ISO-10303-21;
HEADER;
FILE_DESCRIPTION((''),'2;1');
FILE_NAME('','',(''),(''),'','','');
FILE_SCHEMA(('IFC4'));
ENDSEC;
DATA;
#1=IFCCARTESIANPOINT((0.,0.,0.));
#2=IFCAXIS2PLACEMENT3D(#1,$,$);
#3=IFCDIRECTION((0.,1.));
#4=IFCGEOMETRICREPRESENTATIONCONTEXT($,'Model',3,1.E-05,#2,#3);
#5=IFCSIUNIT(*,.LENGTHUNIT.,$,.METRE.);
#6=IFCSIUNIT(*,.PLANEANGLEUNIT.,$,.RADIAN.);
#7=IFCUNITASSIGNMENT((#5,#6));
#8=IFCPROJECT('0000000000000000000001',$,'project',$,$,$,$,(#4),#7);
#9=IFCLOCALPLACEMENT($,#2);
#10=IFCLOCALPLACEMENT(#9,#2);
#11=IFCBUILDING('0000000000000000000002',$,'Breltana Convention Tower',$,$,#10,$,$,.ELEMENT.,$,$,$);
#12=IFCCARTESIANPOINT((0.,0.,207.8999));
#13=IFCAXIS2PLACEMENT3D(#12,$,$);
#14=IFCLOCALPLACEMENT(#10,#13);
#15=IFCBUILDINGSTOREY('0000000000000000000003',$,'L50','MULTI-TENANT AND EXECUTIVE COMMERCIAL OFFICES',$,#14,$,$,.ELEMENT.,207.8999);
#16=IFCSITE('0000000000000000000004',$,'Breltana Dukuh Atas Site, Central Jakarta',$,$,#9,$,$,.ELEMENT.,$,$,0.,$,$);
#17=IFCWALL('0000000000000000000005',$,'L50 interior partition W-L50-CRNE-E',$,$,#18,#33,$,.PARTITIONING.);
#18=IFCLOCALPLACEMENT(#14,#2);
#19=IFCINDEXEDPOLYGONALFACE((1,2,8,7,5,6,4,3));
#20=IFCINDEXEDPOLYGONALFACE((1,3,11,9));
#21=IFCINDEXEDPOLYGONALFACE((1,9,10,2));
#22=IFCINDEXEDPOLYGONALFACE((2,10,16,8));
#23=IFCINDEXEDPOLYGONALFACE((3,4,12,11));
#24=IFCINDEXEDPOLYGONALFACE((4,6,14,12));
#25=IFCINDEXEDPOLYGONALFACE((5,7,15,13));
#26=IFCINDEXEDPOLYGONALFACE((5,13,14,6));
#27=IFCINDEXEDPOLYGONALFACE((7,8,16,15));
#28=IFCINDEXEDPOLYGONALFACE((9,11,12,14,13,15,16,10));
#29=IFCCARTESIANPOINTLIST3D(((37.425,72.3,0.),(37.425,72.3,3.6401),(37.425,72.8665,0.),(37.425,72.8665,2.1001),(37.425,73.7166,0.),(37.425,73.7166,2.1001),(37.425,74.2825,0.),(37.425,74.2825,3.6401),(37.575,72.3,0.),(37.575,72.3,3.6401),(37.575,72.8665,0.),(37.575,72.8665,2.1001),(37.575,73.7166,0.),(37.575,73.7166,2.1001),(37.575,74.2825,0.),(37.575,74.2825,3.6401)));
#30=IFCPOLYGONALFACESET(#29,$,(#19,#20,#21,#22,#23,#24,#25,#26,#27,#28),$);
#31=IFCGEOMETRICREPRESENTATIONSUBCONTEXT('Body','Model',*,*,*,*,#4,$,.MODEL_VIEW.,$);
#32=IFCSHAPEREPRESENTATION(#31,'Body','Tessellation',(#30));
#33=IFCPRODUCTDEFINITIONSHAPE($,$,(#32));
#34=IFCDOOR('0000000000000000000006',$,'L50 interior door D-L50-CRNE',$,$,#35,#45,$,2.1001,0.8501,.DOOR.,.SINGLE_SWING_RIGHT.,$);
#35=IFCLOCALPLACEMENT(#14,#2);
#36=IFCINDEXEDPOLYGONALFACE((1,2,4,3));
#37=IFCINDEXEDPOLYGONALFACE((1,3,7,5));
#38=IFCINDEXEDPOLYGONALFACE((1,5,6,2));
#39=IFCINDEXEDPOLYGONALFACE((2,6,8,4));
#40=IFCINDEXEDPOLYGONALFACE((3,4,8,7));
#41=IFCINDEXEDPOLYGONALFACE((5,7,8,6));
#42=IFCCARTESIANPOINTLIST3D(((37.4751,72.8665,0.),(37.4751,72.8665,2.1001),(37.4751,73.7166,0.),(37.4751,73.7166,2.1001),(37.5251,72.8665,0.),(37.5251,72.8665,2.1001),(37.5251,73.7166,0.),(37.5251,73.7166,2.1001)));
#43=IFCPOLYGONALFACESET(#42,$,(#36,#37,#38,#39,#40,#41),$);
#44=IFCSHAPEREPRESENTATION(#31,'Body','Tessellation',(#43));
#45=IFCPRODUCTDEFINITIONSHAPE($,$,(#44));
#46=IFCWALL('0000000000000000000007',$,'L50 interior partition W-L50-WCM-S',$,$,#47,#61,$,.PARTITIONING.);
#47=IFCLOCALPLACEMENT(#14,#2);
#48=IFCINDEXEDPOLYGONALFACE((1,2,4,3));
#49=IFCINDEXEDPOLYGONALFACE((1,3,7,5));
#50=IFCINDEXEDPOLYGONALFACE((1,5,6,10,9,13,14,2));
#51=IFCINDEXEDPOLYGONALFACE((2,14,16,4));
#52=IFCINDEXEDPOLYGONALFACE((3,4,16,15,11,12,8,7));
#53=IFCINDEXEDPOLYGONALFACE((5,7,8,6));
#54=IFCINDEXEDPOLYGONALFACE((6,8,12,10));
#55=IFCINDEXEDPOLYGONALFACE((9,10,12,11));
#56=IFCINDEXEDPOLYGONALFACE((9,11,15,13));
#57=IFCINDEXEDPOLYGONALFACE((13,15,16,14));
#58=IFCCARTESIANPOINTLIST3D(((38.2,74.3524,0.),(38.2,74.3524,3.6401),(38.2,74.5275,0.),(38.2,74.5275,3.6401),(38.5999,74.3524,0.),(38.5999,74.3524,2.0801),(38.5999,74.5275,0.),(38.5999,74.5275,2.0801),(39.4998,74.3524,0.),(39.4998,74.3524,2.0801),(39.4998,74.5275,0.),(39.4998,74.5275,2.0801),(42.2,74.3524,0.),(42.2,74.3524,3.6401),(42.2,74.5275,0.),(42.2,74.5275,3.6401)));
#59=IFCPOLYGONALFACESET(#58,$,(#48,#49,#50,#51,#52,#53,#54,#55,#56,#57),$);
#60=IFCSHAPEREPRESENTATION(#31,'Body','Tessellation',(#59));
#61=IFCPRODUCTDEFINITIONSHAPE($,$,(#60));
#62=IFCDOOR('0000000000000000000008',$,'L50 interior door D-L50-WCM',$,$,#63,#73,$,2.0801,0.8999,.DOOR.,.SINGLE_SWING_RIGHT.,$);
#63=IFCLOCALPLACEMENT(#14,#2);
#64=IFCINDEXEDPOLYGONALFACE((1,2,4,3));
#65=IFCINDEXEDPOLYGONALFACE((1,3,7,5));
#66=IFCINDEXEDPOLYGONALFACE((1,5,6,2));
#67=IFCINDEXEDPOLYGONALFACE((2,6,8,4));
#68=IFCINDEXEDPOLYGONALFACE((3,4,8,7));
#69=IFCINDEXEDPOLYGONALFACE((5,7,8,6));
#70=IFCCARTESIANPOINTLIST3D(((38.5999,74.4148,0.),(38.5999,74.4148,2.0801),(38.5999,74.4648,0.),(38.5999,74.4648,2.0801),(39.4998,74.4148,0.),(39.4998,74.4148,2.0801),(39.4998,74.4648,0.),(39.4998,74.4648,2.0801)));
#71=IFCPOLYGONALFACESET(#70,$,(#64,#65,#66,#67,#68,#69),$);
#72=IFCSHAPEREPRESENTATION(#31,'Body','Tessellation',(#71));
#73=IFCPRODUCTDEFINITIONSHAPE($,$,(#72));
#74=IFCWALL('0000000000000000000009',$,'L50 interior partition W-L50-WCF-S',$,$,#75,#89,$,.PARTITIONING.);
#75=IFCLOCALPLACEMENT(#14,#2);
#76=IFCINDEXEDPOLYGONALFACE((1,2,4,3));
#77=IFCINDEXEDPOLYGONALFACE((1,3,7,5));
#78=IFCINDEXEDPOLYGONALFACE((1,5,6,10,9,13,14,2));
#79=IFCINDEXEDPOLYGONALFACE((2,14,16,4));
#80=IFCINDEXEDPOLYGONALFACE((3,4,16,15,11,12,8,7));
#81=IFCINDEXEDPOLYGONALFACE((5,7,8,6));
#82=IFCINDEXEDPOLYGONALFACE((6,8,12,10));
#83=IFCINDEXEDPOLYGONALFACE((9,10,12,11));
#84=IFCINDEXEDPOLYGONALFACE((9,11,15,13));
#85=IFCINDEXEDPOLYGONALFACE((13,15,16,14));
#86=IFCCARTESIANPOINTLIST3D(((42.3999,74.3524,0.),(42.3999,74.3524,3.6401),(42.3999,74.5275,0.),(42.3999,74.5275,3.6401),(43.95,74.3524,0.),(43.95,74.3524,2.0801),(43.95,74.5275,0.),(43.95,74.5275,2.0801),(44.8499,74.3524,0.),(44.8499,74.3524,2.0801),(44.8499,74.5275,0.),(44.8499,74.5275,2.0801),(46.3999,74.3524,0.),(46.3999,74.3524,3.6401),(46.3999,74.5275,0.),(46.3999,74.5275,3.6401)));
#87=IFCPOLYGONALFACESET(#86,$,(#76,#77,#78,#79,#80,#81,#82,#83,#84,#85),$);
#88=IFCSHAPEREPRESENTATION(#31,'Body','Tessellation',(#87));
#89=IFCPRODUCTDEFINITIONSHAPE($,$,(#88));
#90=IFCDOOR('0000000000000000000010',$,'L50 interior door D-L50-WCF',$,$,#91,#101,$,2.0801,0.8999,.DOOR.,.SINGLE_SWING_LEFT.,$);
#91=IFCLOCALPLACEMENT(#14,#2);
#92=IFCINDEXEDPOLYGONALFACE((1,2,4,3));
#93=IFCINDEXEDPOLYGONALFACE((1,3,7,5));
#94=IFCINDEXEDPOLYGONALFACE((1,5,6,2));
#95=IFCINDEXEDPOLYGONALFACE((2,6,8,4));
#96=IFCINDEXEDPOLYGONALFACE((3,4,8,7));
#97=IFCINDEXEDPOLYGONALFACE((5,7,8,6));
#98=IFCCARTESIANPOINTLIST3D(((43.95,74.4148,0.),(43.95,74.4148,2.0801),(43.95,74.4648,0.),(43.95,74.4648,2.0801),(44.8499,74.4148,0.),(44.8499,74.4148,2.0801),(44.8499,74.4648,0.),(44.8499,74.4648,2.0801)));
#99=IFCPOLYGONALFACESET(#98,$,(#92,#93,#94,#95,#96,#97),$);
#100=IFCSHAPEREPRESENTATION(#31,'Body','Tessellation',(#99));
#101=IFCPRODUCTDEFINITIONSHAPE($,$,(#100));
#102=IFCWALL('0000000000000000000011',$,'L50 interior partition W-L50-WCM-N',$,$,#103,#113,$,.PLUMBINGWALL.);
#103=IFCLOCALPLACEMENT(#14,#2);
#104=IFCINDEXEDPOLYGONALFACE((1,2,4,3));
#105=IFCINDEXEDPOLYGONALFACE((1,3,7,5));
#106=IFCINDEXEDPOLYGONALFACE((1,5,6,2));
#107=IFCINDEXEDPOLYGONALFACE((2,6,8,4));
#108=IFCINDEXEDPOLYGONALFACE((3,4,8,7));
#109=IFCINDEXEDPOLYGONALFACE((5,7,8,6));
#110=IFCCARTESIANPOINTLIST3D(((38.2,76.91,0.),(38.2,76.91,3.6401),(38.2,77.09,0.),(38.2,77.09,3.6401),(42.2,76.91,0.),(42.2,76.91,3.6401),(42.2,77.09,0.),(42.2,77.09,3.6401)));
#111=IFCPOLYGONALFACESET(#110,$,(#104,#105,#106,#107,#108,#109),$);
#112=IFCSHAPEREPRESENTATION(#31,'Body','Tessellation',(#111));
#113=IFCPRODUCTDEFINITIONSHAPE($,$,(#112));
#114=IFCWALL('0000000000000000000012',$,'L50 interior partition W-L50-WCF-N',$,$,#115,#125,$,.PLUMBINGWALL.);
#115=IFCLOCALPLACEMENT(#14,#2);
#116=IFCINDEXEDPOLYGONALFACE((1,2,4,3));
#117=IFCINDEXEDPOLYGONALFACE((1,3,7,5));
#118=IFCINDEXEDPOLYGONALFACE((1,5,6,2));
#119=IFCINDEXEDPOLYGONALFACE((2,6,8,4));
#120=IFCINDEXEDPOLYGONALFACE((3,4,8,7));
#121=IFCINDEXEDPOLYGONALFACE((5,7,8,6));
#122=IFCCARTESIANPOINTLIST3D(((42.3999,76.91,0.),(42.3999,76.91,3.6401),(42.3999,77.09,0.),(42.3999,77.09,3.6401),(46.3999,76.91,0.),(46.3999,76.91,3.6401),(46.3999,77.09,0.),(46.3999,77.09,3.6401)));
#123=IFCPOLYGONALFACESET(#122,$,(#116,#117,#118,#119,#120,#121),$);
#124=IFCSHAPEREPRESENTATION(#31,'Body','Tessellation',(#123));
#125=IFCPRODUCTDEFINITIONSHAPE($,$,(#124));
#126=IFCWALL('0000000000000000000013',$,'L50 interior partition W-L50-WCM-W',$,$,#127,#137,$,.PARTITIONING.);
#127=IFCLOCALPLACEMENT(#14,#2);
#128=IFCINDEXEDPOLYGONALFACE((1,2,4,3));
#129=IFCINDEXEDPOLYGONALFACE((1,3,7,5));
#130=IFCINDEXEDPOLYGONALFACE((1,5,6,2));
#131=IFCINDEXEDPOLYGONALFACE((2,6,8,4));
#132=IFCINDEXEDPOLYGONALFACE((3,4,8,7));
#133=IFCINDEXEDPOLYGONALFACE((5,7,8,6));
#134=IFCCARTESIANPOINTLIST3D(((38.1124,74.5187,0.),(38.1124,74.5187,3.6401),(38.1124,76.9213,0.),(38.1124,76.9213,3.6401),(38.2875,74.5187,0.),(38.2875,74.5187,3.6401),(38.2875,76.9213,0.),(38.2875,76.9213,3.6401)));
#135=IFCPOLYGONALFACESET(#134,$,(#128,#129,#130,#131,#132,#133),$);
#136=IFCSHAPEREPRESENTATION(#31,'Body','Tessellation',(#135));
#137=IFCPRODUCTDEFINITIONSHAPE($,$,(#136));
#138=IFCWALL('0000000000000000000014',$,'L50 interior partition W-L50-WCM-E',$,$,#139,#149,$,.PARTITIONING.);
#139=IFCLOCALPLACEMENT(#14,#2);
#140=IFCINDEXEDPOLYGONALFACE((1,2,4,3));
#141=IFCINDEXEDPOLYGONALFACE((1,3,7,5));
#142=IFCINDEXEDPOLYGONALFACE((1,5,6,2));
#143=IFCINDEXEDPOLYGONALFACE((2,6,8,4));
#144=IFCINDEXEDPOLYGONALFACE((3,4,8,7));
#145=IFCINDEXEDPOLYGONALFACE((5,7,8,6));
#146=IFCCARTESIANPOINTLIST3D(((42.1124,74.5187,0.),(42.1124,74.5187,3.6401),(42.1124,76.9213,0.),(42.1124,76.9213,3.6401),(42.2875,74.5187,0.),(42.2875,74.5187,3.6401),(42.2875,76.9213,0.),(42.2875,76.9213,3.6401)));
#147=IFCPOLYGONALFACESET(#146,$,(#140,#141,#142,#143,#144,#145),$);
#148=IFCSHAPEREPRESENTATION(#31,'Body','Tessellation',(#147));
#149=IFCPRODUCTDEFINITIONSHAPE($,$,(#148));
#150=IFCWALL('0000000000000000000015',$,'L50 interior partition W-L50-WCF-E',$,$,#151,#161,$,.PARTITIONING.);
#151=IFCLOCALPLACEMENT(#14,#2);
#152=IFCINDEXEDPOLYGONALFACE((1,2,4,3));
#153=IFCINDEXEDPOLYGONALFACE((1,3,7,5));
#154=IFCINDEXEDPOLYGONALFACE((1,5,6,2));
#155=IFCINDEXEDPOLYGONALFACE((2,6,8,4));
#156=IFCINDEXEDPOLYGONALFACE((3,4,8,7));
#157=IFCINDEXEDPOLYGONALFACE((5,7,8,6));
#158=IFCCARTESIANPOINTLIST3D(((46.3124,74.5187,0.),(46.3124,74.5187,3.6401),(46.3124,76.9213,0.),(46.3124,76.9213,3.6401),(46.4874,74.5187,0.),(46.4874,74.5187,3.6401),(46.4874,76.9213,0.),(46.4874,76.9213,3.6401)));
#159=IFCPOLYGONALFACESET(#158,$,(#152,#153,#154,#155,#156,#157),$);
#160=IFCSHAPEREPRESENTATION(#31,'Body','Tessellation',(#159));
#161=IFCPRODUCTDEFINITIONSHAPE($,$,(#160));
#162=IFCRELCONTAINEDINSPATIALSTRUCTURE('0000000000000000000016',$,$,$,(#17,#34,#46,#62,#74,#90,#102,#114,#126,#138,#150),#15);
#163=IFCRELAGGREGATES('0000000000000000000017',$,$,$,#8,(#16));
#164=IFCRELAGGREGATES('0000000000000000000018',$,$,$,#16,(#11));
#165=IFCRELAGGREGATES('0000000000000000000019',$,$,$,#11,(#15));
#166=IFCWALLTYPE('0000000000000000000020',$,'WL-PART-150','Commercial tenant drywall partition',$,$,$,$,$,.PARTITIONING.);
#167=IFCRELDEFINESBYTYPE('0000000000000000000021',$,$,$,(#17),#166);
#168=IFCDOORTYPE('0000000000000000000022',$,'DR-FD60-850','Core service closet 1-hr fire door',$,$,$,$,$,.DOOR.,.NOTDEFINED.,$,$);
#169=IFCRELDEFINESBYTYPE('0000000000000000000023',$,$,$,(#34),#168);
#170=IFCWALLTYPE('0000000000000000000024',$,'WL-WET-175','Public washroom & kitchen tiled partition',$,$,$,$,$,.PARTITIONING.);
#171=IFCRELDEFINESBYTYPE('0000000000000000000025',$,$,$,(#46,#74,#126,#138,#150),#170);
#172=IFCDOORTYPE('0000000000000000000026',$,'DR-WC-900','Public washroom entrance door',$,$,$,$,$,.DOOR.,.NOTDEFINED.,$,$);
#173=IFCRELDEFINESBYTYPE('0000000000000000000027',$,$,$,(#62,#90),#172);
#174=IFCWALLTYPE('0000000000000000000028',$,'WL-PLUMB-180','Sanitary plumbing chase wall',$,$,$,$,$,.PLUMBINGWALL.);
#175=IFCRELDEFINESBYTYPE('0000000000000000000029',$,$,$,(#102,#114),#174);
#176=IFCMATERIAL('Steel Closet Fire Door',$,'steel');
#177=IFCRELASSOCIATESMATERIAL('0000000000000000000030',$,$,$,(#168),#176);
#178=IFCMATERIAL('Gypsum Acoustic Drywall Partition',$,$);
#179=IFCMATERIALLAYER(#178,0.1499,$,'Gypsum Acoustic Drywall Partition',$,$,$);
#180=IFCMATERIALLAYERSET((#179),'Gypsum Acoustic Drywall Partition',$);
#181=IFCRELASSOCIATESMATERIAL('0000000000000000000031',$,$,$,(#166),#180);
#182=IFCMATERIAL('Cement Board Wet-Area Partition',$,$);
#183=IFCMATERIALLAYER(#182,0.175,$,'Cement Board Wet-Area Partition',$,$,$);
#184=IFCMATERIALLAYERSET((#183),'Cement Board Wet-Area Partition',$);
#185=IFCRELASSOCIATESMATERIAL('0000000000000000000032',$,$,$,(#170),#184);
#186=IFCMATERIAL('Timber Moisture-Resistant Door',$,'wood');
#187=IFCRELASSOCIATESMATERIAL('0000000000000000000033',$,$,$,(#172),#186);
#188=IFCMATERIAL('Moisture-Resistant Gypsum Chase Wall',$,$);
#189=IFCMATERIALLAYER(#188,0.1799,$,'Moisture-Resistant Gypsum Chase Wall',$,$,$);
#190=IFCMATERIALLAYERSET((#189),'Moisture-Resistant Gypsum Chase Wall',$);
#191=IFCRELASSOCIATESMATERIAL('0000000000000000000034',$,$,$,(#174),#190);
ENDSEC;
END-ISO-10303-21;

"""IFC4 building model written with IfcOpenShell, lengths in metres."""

from ifc_helpers import new_model, si_unit, direction, frame, frame_2d, origin, place, context, subcontext, project, spatial, rectangle, extrude, source, transform, mapped, material, layer, layer_set, type_object, type_shapes, element, fill, save


model = new_model("IFC4")

# Units and contexts
model_context = context("Model", 3, precision=1e-05, world=origin(), true_north=direction((0.0, 1.0)))
body_context = subcontext(model_context, "Body", "Model", "MODEL_VIEW")
ifc_project = project(units=[si_unit("LENGTHUNIT", "METRE"), si_unit("PLANEANGLEUNIT", "RADIAN")], contexts=[model_context])

# Site, building, storey
site_placement = place(None, origin())
site = spatial("IfcSite", under=ifc_project, at=site_placement, Name="Breltana Dukuh Atas Site, Central Jakarta", CompositionType="ELEMENT", RefElevation=0.0)
building_placement = place(site_placement, origin())
building = spatial("IfcBuilding", under=site, at=building_placement, Name="Breltana Convention Tower", CompositionType="ELEMENT")
storey_placement = place(building_placement, frame((0.0, 0.0, 207.8999)))
storey = spatial("IfcBuildingStorey", under=building, at=storey_placement, Name="L50", Description="MULTI-TENANT AND EXECUTIVE COMMERCIAL OFFICES", CompositionType="ELEMENT", Elevation=207.8999)

# Shared definitions
ifc_material_1 = material(Name="Steel Closet Fire Door", Category="steel")
door_type_1 = type_object("IfcDoorType", Name="DR-FD60-850", Description="Core service closet 1-hr fire door", OperationType="NOTDEFINED", PredefinedType="DOOR", material=ifc_material_1)
shared_shape_1 = source(origin(), body_context, "Body", "SweptSolid", [
    extrude(rectangle(XDim=0.8501, YDim=2.1001, at=frame_2d((0.425, 1.05))), frame((0.0, 0.0249, 0.0), z_axis=(0.0, -1.0, 0.0), x_axis=(1.0, 0.0, 0.0)), (0.0, 0.0, 1.0), 0.05),
])
type_shapes(door_type_1, [shared_shape_1])

# Walls, openings, doors
ifc_material_2 = material(Name="Gypsum Acoustic Drywall Partition")
ifc_layer_1 = layer(ifc_material_2, 0.1499, Name="Gypsum Acoustic Drywall Partition")
ifc_layer_set_1 = layer_set([ifc_layer_1], Name="Gypsum Acoustic Drywall Partition")
wall_type_1 = type_object("IfcWallType", Name="WL-PART-150", Description="Commercial tenant drywall partition", PredefinedType="PARTITIONING", material=ifc_layer_set_1)
shared_shape_2 = source(origin(), body_context, "Body", "SweptSolid", [
    extrude(rectangle(XDim=1.9824, YDim=0.1499, at=frame_2d((0.9912, 0.0))), origin(), (0.0, 0.0, 1.0), 3.6401),
])
wall_1_placement = place(storey_placement, frame((37.5, 72.3, 0.0), z_axis=(0.0, 0.0, 1.0), x_axis=(0.0, 1.0, 0.0)))
wall_1 = element("IfcWall", 1, at=wall_1_placement, inside=storey, type_object=wall_type_1, Name="L50 interior partition W-L50-CRNE-E", PredefinedType="PARTITIONING", context=body_context, shape_type="MappedRepresentation", body=[
    mapped(shared_shape_2, transform((0.0, 0.0, 0.0), scale=1.0)),
])
opening_1_placement = place(wall_1_placement, frame((0.5664, 0.0, 0.0)))
opening_1 = element("IfcOpeningElement", 2, at=opening_1_placement, cuts=wall_1, PredefinedType="OPENING", context=body_context, shape_type="SweptSolid", body=[
    extrude(rectangle(XDim=0.8501, YDim=2.1001, at=frame_2d((0.425, 1.05))), frame((0.0, 0.085, 0.0), z_axis=(0.0, -1.0, 0.0), x_axis=(1.0, 0.0, 0.0)), (0.0, 0.0, 1.0), 0.1699),
])
door_1_placement = place(opening_1_placement, origin())
door_1 = element("IfcDoor", 3, at=door_1_placement, inside=storey, type_object=door_type_1, Name="L50 interior door D-L50-CRNE", OperationType="SINGLE_SWING_RIGHT", OverallHeight=2.1001, OverallWidth=0.8501, PredefinedType="DOOR", context=body_context, shape_type="MappedRepresentation", body=[
    mapped(shared_shape_1, transform((0.0, 0.0, 0.0), scale=1.0)),
])
fill(opening_1, door_1)
ifc_material_3 = material(Name="Cement Board Wet-Area Partition")
ifc_layer_2 = layer(ifc_material_3, 0.175, Name="Cement Board Wet-Area Partition")
ifc_layer_set_2 = layer_set([ifc_layer_2], Name="Cement Board Wet-Area Partition")
wall_type_2 = type_object("IfcWallType", Name="WL-WET-175", Description="Public washroom & kitchen tiled partition", PredefinedType="PARTITIONING", material=ifc_layer_set_2)
shared_shape_3 = source(origin(), body_context, "Body", "SweptSolid", [
    extrude(rectangle(XDim=4.0, YDim=0.175, at=frame_2d((2.0, 0.0))), origin(), (0.0, 0.0, 1.0), 3.6401),
])
wall_2_placement = place(storey_placement, frame((38.2, 74.4399, 0.0), z_axis=(0.0, 0.0, 1.0), x_axis=(1.0, 0.0, 0.0)))
wall_2 = element("IfcWall", 4, at=wall_2_placement, inside=storey, type_object=wall_type_2, Name="L50 interior partition W-L50-WCM-S", PredefinedType="PARTITIONING", context=body_context, shape_type="MappedRepresentation", body=[
    mapped(shared_shape_3, transform((0.0, 0.0, 0.0), scale=1.0)),
])
opening_2_placement = place(wall_2_placement, frame((0.3999, 0.0, 0.0)))
opening_2 = element("IfcOpeningElement", 5, at=opening_2_placement, cuts=wall_2, PredefinedType="OPENING", context=body_context, shape_type="SweptSolid", body=[
    extrude(rectangle(XDim=0.8999, YDim=2.0801, at=frame_2d((0.45, 1.04))), frame((0.0, 0.0977, 0.0), z_axis=(0.0, -1.0, 0.0), x_axis=(1.0, 0.0, 0.0)), (0.0, 0.0, 1.0), 0.1951),
])
ifc_material_4 = material(Name="Timber Moisture-Resistant Door", Category="wood")
door_type_2 = type_object("IfcDoorType", Name="DR-WC-900", Description="Public washroom entrance door", OperationType="NOTDEFINED", PredefinedType="DOOR", material=ifc_material_4)
shared_shape_4 = source(origin(), body_context, "Body", "SweptSolid", [
    extrude(rectangle(XDim=0.8999, YDim=2.0801, at=frame_2d((0.45, 1.04))), frame((0.0, 0.0249, 0.0), z_axis=(0.0, -1.0, 0.0), x_axis=(1.0, 0.0, 0.0)), (0.0, 0.0, 1.0), 0.05),
])
type_shapes(door_type_2, [shared_shape_4])
door_2_placement = place(opening_2_placement, origin())
door_2 = element("IfcDoor", 6, at=door_2_placement, inside=storey, type_object=door_type_2, Name="L50 interior door D-L50-WCM", OperationType="SINGLE_SWING_RIGHT", OverallHeight=2.0801, OverallWidth=0.8999, PredefinedType="DOOR", context=body_context, shape_type="MappedRepresentation", body=[
    mapped(shared_shape_4, transform((0.0, 0.0, 0.0), scale=1.0)),
])
fill(opening_2, door_2)
wall_3_placement = place(storey_placement, frame((42.3999, 74.4399, 0.0), z_axis=(0.0, 0.0, 1.0), x_axis=(1.0, 0.0, 0.0)))
wall_3 = element("IfcWall", 7, at=wall_3_placement, inside=storey, type_object=wall_type_2, Name="L50 interior partition W-L50-WCF-S", PredefinedType="PARTITIONING", context=body_context, shape_type="MappedRepresentation", body=[
    mapped(shared_shape_3, transform((0.0, 0.0, 0.0), scale=1.0)),
])
opening_3_placement = place(wall_3_placement, frame((1.55, 0.0, 0.0)))
opening_3 = element("IfcOpeningElement", 8, at=opening_3_placement, cuts=wall_3, PredefinedType="OPENING", context=body_context, shape_type="SweptSolid", body=[
    extrude(rectangle(XDim=0.8999, YDim=2.0801, at=frame_2d((0.45, 1.04))), frame((0.0, 0.0977, 0.0), z_axis=(0.0, -1.0, 0.0), x_axis=(1.0, 0.0, 0.0)), (0.0, 0.0, 1.0), 0.1951),
])
door_3_placement = place(opening_3_placement, origin())
door_3 = element("IfcDoor", 9, at=door_3_placement, inside=storey, type_object=door_type_2, Name="L50 interior door D-L50-WCF", OperationType="SINGLE_SWING_LEFT", OverallHeight=2.0801, OverallWidth=0.8999, PredefinedType="DOOR", context=body_context, shape_type="MappedRepresentation", body=[
    mapped(shared_shape_4, transform((0.0, 0.0, 0.0), scale=1.0)),
])
fill(opening_3, door_3)

# Walls
ifc_material_5 = material(Name="Moisture-Resistant Gypsum Chase Wall")
ifc_layer_3 = layer(ifc_material_5, 0.1799, Name="Moisture-Resistant Gypsum Chase Wall")
ifc_layer_set_3 = layer_set([ifc_layer_3], Name="Moisture-Resistant Gypsum Chase Wall")
wall_type_3 = type_object("IfcWallType", Name="WL-PLUMB-180", Description="Sanitary plumbing chase wall", PredefinedType="PLUMBINGWALL", material=ifc_layer_set_3)
shared_shape_5 = source(origin(), body_context, "Body", "SweptSolid", [
    extrude(rectangle(XDim=4.0, YDim=0.1799, at=frame_2d((2.0, 0.0))), origin(), (0.0, 0.0, 1.0), 3.6401),
])
for number, where, z_axis, x_axis, name in (
    (10, (38.2, 77.0, 0.0), (0.0, 0.0, 1.0), (1.0, 0.0, 0.0), "L50 interior partition W-L50-WCM-N"),
    (11, (42.3999, 77.0, 0.0), (0.0, 0.0, 1.0), (1.0, 0.0, 0.0), "L50 interior partition W-L50-WCF-N"),
):
    element("IfcWall", number, at=place(storey_placement, frame(where, z_axis=z_axis, x_axis=x_axis)), inside=storey, type_object=wall_type_3, Name=name, PredefinedType="PLUMBINGWALL", context=body_context, shape_type="MappedRepresentation", body=[
        mapped(shared_shape_5, transform((0.0, 0.0, 0.0), scale=1.0)),
    ])
shared_shape_6 = source(origin(), body_context, "Body", "SweptSolid", [
    extrude(rectangle(XDim=2.4026, YDim=0.175, at=frame_2d((1.2012, 0.0))), origin(), (0.0, 0.0, 1.0), 3.6401),
])
for number, where, z_axis, x_axis, name in (
    (12, (38.2, 74.5188, 0.0), (0.0, 0.0, 1.0), (0.0, 1.0, 0.0), "L50 interior partition W-L50-WCM-W"),
    (13, (42.2, 74.5188, 0.0), (0.0, 0.0, 1.0), (0.0, 1.0, 0.0), "L50 interior partition W-L50-WCM-E"),
    (14, (46.3999, 74.5188, 0.0), (0.0, 0.0, 1.0), (0.0, 1.0, 0.0), "L50 interior partition W-L50-WCF-E"),
):
    element("IfcWall", number, at=place(storey_placement, frame(where, z_axis=z_axis, x_axis=x_axis)), inside=storey, type_object=wall_type_2, Name=name, PredefinedType="PARTITIONING", context=body_context, shape_type="MappedRepresentation", body=[
        mapped(shared_shape_6, transform((0.0, 0.0, 0.0), scale=1.0)),
    ])

save(model, "model.ifc")
